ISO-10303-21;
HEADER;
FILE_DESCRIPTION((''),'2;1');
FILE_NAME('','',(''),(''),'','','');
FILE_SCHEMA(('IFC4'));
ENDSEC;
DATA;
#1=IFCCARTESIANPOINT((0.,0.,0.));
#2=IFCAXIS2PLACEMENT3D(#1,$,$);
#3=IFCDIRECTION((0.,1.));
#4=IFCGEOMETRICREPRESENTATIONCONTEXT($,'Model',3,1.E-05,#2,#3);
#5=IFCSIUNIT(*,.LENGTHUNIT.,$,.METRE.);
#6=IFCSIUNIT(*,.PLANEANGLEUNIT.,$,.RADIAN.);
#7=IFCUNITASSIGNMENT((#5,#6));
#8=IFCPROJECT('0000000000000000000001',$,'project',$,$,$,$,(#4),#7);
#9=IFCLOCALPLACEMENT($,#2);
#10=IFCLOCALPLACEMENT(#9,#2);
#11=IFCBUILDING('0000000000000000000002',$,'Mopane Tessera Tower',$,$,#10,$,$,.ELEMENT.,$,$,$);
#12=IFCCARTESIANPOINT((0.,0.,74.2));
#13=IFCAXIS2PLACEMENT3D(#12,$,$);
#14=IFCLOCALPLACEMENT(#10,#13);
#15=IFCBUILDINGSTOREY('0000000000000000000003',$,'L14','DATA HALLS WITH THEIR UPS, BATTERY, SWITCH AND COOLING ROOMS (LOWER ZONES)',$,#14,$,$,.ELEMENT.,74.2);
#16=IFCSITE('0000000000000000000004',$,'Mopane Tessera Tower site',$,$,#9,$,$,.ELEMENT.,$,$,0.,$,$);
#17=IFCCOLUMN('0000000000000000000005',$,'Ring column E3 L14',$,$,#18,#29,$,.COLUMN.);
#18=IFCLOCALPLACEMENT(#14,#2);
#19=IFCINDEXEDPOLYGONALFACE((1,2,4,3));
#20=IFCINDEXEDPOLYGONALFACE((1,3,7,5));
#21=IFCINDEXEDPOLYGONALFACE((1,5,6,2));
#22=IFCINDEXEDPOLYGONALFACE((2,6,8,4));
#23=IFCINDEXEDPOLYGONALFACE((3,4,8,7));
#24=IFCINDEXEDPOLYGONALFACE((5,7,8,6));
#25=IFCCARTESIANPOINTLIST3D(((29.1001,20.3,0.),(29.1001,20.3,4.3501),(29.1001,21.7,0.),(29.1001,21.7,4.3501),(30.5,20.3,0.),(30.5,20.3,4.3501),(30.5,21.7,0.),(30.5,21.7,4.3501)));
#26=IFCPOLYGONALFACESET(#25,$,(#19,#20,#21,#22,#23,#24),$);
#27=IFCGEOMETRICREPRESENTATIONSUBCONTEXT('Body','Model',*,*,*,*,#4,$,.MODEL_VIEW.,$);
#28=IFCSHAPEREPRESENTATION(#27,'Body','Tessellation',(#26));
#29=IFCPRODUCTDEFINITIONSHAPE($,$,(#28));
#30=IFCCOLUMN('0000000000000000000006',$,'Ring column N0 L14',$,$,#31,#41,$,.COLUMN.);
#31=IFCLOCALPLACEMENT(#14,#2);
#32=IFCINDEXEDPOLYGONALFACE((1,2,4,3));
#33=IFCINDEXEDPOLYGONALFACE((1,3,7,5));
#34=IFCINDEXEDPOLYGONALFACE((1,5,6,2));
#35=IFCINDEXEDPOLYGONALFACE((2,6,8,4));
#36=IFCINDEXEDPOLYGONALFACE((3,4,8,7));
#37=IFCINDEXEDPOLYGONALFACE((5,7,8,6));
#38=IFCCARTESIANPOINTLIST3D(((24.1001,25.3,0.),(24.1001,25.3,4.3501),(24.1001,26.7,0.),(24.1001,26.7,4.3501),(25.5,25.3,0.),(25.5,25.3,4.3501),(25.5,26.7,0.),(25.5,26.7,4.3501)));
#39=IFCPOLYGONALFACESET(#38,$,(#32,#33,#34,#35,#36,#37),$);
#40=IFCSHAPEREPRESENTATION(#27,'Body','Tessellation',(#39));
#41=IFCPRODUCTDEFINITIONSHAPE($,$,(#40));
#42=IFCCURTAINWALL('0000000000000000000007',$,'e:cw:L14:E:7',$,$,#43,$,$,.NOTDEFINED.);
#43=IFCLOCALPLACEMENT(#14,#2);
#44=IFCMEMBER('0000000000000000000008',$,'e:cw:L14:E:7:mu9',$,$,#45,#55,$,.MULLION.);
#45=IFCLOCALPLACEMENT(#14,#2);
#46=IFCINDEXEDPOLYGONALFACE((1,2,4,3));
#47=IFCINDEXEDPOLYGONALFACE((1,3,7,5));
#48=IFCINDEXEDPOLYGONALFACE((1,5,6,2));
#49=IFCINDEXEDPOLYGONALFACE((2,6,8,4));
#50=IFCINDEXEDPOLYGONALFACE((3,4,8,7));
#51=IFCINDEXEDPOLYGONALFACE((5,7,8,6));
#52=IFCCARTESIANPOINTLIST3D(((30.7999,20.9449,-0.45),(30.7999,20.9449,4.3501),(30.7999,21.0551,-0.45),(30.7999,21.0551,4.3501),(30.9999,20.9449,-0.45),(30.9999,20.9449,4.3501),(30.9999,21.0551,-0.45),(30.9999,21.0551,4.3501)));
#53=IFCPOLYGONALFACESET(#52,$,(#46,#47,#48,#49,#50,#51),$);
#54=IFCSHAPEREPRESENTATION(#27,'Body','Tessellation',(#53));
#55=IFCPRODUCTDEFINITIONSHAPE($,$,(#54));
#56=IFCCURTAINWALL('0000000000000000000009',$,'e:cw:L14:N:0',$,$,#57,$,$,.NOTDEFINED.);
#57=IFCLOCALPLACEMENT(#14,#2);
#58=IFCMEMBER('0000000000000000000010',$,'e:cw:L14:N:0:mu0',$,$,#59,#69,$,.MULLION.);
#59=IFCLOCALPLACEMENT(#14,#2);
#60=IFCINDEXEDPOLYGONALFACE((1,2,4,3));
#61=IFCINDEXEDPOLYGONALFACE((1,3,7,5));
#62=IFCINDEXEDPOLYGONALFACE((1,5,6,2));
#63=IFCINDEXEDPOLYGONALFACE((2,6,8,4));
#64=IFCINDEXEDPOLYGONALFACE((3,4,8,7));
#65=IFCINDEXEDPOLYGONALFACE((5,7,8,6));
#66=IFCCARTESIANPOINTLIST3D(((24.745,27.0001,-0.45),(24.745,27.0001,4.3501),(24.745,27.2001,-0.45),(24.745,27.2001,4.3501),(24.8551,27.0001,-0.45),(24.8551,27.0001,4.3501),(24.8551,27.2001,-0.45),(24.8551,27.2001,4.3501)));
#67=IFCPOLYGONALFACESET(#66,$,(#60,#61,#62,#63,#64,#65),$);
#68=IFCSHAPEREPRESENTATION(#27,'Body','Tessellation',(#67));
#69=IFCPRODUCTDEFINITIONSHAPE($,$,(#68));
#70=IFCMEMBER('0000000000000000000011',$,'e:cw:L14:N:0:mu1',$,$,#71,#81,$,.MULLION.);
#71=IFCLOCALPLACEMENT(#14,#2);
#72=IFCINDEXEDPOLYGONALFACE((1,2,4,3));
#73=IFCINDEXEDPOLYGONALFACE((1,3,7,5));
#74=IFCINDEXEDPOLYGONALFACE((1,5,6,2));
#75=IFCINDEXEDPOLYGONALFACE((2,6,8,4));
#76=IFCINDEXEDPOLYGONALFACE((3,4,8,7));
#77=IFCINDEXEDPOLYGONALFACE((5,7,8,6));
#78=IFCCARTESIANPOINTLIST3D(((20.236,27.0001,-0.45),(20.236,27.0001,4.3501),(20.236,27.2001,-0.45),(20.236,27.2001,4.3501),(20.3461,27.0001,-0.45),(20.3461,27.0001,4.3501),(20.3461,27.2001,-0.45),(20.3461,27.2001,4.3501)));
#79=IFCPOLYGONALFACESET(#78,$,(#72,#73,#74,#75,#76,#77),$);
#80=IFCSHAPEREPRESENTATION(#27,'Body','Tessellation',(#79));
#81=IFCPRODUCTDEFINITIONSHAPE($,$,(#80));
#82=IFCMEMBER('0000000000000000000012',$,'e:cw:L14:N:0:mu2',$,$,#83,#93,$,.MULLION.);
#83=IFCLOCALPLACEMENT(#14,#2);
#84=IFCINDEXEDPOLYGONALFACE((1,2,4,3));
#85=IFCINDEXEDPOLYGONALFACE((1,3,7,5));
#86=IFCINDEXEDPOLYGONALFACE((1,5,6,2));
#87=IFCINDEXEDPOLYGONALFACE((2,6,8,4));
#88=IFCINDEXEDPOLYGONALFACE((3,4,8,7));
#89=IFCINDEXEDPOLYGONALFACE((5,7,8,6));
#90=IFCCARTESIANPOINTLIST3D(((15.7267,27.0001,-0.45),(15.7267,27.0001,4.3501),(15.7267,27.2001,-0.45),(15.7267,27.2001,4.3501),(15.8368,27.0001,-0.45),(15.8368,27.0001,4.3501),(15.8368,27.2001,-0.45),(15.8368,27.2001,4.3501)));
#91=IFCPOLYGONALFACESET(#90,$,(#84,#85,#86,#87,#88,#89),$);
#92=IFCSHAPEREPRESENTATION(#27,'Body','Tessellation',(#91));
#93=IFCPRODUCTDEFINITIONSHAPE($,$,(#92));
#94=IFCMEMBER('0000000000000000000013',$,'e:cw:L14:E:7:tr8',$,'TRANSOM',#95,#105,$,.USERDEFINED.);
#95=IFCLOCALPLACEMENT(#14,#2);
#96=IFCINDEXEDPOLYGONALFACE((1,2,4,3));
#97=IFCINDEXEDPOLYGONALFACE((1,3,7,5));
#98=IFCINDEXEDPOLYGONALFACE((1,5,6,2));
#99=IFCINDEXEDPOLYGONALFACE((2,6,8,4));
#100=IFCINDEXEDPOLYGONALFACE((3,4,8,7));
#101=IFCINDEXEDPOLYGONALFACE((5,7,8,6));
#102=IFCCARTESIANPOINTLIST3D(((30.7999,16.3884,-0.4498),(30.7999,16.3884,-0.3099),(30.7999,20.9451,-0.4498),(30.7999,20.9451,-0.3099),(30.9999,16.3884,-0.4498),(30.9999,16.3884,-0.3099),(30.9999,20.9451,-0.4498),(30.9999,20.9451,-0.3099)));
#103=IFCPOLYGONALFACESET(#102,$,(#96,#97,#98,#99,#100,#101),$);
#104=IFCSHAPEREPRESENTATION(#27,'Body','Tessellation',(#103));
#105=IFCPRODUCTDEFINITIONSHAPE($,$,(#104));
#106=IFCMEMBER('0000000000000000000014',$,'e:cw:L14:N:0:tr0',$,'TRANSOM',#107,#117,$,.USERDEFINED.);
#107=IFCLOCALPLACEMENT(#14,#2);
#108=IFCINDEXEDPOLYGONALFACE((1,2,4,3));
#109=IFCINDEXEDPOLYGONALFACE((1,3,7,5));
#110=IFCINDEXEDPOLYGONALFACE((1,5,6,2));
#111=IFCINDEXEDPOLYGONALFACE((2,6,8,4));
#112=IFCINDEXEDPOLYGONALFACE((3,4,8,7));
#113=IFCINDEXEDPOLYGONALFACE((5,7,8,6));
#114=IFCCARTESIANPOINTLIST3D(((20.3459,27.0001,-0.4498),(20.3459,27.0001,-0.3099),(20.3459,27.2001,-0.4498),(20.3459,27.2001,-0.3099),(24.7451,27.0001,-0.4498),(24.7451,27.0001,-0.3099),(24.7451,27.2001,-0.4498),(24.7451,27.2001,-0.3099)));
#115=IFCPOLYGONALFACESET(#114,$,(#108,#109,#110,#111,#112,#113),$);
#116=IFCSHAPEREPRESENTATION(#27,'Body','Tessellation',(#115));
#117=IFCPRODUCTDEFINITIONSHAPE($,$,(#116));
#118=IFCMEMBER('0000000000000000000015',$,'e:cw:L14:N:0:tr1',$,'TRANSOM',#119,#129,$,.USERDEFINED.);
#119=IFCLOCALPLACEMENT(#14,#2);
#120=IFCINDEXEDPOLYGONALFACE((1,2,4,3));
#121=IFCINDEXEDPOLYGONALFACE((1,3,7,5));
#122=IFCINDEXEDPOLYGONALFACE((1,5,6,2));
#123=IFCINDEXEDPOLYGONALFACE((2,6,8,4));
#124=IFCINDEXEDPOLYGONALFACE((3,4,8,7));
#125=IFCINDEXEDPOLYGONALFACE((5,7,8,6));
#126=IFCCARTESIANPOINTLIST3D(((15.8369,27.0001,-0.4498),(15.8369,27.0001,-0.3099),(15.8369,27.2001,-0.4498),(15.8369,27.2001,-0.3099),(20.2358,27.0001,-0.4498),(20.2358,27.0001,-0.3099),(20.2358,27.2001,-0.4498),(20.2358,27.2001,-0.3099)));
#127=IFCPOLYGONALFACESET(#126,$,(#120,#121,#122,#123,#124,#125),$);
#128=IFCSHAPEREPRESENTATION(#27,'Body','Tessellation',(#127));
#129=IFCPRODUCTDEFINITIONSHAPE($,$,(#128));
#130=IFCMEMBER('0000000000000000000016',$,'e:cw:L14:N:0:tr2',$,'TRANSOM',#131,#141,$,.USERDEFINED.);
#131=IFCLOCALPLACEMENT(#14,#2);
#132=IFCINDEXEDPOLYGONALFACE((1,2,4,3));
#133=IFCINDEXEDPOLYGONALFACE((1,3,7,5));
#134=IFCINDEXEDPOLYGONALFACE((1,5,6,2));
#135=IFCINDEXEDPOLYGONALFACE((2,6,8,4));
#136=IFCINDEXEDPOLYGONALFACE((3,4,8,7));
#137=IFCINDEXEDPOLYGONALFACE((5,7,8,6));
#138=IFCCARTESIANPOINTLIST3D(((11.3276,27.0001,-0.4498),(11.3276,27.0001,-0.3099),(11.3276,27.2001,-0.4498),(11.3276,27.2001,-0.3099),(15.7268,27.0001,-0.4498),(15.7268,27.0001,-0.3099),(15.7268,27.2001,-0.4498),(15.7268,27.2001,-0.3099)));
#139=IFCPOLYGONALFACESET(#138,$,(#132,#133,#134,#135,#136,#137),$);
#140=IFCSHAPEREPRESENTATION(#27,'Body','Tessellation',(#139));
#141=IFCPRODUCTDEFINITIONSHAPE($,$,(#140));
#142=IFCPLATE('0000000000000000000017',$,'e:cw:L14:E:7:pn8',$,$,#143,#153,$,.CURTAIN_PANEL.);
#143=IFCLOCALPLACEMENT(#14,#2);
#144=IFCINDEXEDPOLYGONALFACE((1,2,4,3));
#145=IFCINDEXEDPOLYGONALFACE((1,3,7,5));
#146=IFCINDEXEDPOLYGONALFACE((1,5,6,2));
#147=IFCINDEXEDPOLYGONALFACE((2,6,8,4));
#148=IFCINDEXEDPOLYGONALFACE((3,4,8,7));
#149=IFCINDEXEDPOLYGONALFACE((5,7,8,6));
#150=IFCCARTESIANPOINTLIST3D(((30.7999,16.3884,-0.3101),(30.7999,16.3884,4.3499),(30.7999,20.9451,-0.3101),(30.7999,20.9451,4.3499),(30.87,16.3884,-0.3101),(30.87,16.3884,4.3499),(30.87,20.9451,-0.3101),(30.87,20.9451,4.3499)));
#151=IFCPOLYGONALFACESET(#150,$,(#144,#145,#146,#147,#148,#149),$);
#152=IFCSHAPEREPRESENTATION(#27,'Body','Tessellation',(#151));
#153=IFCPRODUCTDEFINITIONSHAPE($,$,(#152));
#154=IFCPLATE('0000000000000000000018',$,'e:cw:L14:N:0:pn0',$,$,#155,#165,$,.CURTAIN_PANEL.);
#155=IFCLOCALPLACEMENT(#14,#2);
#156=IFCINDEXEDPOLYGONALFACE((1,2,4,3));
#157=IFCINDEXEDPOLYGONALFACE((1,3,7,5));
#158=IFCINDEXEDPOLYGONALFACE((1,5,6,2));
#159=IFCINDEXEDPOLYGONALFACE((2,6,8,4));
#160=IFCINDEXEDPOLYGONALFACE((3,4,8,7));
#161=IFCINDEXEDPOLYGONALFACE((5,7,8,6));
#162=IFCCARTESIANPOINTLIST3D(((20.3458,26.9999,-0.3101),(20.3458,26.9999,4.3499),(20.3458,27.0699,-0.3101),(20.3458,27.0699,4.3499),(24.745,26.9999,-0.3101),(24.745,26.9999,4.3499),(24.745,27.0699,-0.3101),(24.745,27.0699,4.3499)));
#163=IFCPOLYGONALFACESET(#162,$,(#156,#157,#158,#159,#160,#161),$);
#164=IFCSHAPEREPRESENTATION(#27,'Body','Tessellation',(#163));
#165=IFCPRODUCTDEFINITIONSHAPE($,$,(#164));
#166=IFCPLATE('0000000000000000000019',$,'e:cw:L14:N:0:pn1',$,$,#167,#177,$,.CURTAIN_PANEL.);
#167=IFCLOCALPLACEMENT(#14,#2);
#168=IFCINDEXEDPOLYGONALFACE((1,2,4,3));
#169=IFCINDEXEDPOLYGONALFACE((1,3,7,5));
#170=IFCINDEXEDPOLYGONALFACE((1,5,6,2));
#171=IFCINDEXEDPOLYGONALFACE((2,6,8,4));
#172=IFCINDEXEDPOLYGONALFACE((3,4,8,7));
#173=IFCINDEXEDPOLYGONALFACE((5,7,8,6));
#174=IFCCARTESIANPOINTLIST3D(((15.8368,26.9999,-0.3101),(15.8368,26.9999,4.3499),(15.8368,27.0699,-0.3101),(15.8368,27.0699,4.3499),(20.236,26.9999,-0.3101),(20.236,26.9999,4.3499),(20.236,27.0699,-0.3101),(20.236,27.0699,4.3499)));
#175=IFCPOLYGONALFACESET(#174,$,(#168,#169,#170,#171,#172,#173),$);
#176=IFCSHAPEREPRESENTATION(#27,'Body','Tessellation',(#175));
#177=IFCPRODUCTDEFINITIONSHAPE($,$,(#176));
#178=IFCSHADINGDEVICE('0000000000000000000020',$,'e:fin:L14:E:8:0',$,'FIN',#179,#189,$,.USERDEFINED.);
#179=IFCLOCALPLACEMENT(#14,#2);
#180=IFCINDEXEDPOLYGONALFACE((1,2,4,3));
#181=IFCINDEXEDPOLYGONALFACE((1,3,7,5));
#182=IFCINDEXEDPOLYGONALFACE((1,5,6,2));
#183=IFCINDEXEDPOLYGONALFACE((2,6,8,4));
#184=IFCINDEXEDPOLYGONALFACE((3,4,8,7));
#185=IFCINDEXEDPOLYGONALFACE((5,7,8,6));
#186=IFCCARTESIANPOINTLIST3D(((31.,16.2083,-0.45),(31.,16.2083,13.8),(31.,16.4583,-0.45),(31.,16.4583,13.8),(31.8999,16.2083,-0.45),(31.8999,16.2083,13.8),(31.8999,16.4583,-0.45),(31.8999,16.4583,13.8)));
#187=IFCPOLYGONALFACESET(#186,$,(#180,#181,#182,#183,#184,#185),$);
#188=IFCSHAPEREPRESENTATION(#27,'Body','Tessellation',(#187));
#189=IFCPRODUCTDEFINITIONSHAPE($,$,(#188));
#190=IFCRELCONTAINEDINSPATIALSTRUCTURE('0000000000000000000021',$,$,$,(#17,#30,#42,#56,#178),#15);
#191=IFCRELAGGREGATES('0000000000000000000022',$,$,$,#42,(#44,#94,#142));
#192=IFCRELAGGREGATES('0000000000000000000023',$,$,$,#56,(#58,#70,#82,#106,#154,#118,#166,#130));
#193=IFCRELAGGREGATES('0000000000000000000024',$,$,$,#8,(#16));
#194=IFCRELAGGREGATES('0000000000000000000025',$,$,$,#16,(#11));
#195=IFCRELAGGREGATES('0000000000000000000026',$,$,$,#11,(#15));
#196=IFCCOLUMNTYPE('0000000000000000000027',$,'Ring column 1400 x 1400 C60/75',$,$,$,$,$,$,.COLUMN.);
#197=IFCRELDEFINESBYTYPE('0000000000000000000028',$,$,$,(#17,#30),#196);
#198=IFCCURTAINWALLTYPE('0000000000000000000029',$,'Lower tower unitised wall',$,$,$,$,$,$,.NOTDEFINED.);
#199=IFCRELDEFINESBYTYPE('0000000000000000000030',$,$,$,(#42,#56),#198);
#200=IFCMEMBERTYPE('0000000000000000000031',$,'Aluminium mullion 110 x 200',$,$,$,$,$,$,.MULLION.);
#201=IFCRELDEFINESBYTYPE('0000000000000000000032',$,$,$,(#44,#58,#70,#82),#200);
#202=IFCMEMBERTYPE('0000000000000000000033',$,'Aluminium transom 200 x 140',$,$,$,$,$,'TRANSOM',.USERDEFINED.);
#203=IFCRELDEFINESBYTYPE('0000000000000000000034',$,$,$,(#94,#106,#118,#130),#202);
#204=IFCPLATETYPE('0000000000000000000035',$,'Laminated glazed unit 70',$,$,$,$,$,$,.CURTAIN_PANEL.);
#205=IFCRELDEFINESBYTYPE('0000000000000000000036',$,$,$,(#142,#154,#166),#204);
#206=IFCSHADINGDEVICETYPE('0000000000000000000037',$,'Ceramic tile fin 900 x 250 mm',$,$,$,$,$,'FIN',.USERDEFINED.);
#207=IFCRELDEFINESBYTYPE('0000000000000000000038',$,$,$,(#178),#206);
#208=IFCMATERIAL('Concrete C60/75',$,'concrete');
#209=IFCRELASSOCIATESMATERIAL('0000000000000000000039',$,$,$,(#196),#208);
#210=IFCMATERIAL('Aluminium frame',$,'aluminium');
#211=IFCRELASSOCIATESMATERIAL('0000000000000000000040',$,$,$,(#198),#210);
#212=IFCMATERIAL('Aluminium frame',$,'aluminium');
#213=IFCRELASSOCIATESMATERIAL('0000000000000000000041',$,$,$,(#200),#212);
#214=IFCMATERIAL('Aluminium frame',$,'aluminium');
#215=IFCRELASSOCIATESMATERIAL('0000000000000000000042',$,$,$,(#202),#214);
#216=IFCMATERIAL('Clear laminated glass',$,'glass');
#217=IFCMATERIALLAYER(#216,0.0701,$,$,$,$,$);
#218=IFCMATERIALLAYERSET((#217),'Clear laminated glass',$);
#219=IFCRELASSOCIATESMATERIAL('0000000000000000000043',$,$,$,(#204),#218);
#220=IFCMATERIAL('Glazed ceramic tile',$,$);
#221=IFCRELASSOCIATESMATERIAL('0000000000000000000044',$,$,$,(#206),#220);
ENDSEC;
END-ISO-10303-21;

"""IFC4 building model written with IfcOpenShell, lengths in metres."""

from ifc_helpers import new_model, si_unit, direction, frame, origin, origin_2d, place, context, subcontext, project, spatial, rectangle, extrude, material, layer, layer_set, material_profile, profile_set, type_object, element, aggregate, save


model = new_model("IFC4")

# Units and contexts
model_context = context("Model", 3, precision=1e-05, world=origin(), true_north=direction((0.0, 1.0)))
body_context = subcontext(model_context, "Body", "Model", "MODEL_VIEW")
ifc_project = project(units=[si_unit("LENGTHUNIT", "METRE"), si_unit("PLANEANGLEUNIT", "RADIAN")], contexts=[model_context])

# Site, building, storey
site_placement = place(None, origin())
site = spatial("IfcSite", under=ifc_project, at=site_placement, Name="Mopane Tessera Tower site", CompositionType="ELEMENT", RefElevation=0.0)
building_placement = place(site_placement, origin())
building = spatial("IfcBuilding", under=site, at=building_placement, Name="Mopane Tessera Tower", CompositionType="ELEMENT")
storey_placement = place(building_placement, frame((0.0, 0.0, 74.2)))
storey = spatial("IfcBuildingStorey", under=building, at=storey_placement, Name="L14", Description="DATA HALLS WITH THEIR UPS, BATTERY, SWITCH AND COOLING ROOMS (LOWER ZONES)", CompositionType="ELEMENT", Elevation=74.2)

# Columns
ifc_material_1 = material(Name="Concrete C60/75", Category="concrete")
ifc_material_profile_1 = material_profile(ifc_material_1, rectangle(XDim=1.3999, YDim=1.3999, at=origin_2d()))
ifc_profile_set_1 = profile_set([ifc_material_profile_1], Name="Concrete C60/75")
column_type = type_object("IfcColumnType", Name="Ring column 1400 x 1400 C60/75", PredefinedType="COLUMN", material=ifc_profile_set_1)
for number, where, z_axis, x_axis, name in (
    (1, (29.8, 21.0, 0.0), (0.0, 0.0, 1.0), (1.0, 0.0, 0.0), "Ring column E3 L14"),
    (2, (24.8, 26.0, 0.0), (0.0, 0.0, 1.0), (1.0, 0.0, 0.0), "Ring column N0 L14"),
):
    element("IfcColumn", number, at=place(storey_placement, frame(where, z_axis=z_axis, x_axis=x_axis)), inside=storey, type_object=column_type, Name=name, PredefinedType="COLUMN", context=body_context, shape_type="SweptSolid", body=[
        extrude(rectangle(XDim=1.3999, YDim=1.3999, at=origin_2d()), origin(), (0.0, 0.0, 1.0), 4.3501),
    ])

# Curtain wall, member
ifc_material_2 = material(Name="Aluminium frame", Category="aluminium")
curtain_wall_type = type_object("IfcCurtainWallType", Name="Lower tower unitised wall", PredefinedType="NOTDEFINED", material=ifc_material_2)
curtain_wall_1_placement = place(storey_placement, origin())
curtain_wall_1 = element("IfcCurtainWall", 3, at=curtain_wall_1_placement, inside=storey, type_object=curtain_wall_type, Name="e:cw:L14:E:7", PredefinedType="NOTDEFINED")
ifc_material_3 = material(Name="Aluminium frame", Category="aluminium")
ifc_material_profile_2 = material_profile(ifc_material_3, rectangle(XDim=0.1101, YDim=0.2, at=origin_2d()))
ifc_profile_set_2 = profile_set([ifc_material_profile_2], Name="Aluminium frame")
member_type_1 = type_object("IfcMemberType", Name="Aluminium mullion 110 x 200", PredefinedType="MULLION", material=ifc_profile_set_2)
member_1_placement = place(storey_placement, frame((30.8999, 21.0, -0.45), z_axis=(0.0, 0.0, 1.0), x_axis=(0.0, 1.0, 0.0)))
member_1 = element("IfcMember", 4, at=member_1_placement, type_object=member_type_1, Name="e:cw:L14:E:7:mu9", PredefinedType="MULLION", context=body_context, shape_type="SweptSolid", body=[
    extrude(rectangle(XDim=0.1101, YDim=0.2, at=origin_2d()), origin(), (0.0, 0.0, 1.0), 4.8),
])

# Curtain wall, members
curtain_wall_2_placement = place(storey_placement, origin())
curtain_wall_2 = element("IfcCurtainWall", 5, at=curtain_wall_2_placement, inside=storey, type_object=curtain_wall_type, Name="e:cw:L14:N:0", PredefinedType="NOTDEFINED")
member_2_placement = place(storey_placement, frame((24.8, 27.1001, -0.45), z_axis=(0.0, 0.0, 1.0), x_axis=(-1.0, 0.0, 0.0)))
member_2 = element("IfcMember", 6, at=member_2_placement, type_object=member_type_1, Name="e:cw:L14:N:0:mu0", PredefinedType="MULLION", context=body_context, shape_type="SweptSolid", body=[
    extrude(rectangle(XDim=0.1101, YDim=0.2, at=origin_2d()), origin(), (0.0, 0.0, 1.0), 4.8),
])
member_3_placement = place(storey_placement, frame((20.291, 27.1001, -0.45), z_axis=(0.0, 0.0, 1.0), x_axis=(-1.0, 0.0, 0.0)))
member_3 = element("IfcMember", 7, at=member_3_placement, type_object=member_type_1, Name="e:cw:L14:N:0:mu1", PredefinedType="MULLION", context=body_context, shape_type="SweptSolid", body=[
    extrude(rectangle(XDim=0.1101, YDim=0.2, at=origin_2d()), origin(), (0.0, 0.0, 1.0), 4.8),
])
member_4_placement = place(storey_placement, frame((15.7817, 27.1001, -0.45), z_axis=(0.0, 0.0, 1.0), x_axis=(-1.0, 0.0, 0.0)))
member_4 = element("IfcMember", 8, at=member_4_placement, type_object=member_type_1, Name="e:cw:L14:N:0:mu2", PredefinedType="MULLION", context=body_context, shape_type="SweptSolid", body=[
    extrude(rectangle(XDim=0.1101, YDim=0.2, at=origin_2d()), origin(), (0.0, 0.0, 1.0), 4.8),
])

# Members
ifc_material_4 = material(Name="Aluminium frame", Category="aluminium")
ifc_material_profile_3 = material_profile(ifc_material_4, rectangle(XDim=0.2, YDim=0.1399, at=origin_2d()))
ifc_profile_set_3 = profile_set([ifc_material_profile_3], Name="Aluminium frame")
member_type_2 = type_object("IfcMemberType", Name="Aluminium transom 200 x 140", ElementType="TRANSOM", PredefinedType="USERDEFINED", material=ifc_profile_set_3)
member_5_placement = place(storey_placement, frame((30.8999, 16.3884, -0.3799), z_axis=(0.0, 1.0, 0.0), x_axis=(-1.0, 0.0, 0.0)))
member_5 = element("IfcMember", 9, at=member_5_placement, type_object=member_type_2, Name="e:cw:L14:E:7:tr8", ObjectType="TRANSOM", PredefinedType="USERDEFINED", context=body_context, shape_type="SweptSolid", body=[
    extrude(rectangle(XDim=0.2, YDim=0.1399, at=origin_2d()), origin(), (0.0, 0.0, 1.0), 4.5566),
])
member_6_placement = place(storey_placement, frame((24.7451, 27.1001, -0.3799), z_axis=(-1.0, 0.0, 0.0), x_axis=(0.0, -1.0, 0.0)))
member_6 = element("IfcMember", 10, at=member_6_placement, type_object=member_type_2, Name="e:cw:L14:N:0:tr0", ObjectType="TRANSOM", PredefinedType="USERDEFINED", context=body_context, shape_type="SweptSolid", body=[
    extrude(rectangle(XDim=0.2, YDim=0.1399, at=origin_2d()), origin(), (0.0, 0.0, 1.0), 4.3992),
])
member_7_placement = place(storey_placement, frame((20.2358, 27.1001, -0.3799), z_axis=(-1.0, 0.0, 0.0), x_axis=(0.0, -1.0, 0.0)))
member_7 = element("IfcMember", 11, at=member_7_placement, type_object=member_type_2, Name="e:cw:L14:N:0:tr1", ObjectType="TRANSOM", PredefinedType="USERDEFINED", context=body_context, shape_type="SweptSolid", body=[
    extrude(rectangle(XDim=0.2, YDim=0.1399, at=origin_2d()), origin(), (0.0, 0.0, 1.0), 4.3989),
])
member_8_placement = place(storey_placement, frame((15.7268, 27.1001, -0.3799), z_axis=(-1.0, 0.0, 0.0), x_axis=(0.0, -1.0, 0.0)))
member_8 = element("IfcMember", 12, at=member_8_placement, type_object=member_type_2, Name="e:cw:L14:N:0:tr2", ObjectType="TRANSOM", PredefinedType="USERDEFINED", context=body_context, shape_type="SweptSolid", body=[
    extrude(rectangle(XDim=0.2, YDim=0.1399, at=origin_2d()), origin(), (0.0, 0.0, 1.0), 4.3992),
])

# Plates
ifc_material_5 = material(Name="Clear laminated glass", Category="glass")
ifc_layer = layer(ifc_material_5, 0.0701)
ifc_layer_set = layer_set([ifc_layer], Name="Clear laminated glass")
plate_type = type_object("IfcPlateType", Name="Laminated glazed unit 70", PredefinedType="CURTAIN_PANEL", material=ifc_layer_set)
plate_1_placement = place(storey_placement, frame((30.835, 18.6667, -0.3101), z_axis=(0.0, 0.0, 1.0), x_axis=(0.0, 1.0, 0.0)))
plate_1 = element("IfcPlate", 13, at=plate_1_placement, type_object=plate_type, Name="e:cw:L14:E:7:pn8", PredefinedType="CURTAIN_PANEL", context=body_context, shape_type="SweptSolid", body=[
    extrude(rectangle(XDim=4.5566, YDim=0.0701, at=origin_2d()), origin(), (0.0, 0.0, 1.0), 4.6599),
])
aggregate(curtain_wall_1, [member_1, member_5, plate_1])
plate_2_placement = place(storey_placement, frame((22.5454, 27.0349, -0.3101), z_axis=(0.0, 0.0, 1.0), x_axis=(-1.0, 0.0, 0.0)))
plate_2 = element("IfcPlate", 14, at=plate_2_placement, type_object=plate_type, Name="e:cw:L14:N:0:pn0", PredefinedType="CURTAIN_PANEL", context=body_context, shape_type="SweptSolid", body=[
    extrude(rectangle(XDim=4.3992, YDim=0.0701, at=origin_2d()), origin(), (0.0, 0.0, 1.0), 4.6599),
])
plate_3_placement = place(storey_placement, frame((18.0364, 27.0349, -0.3101), z_axis=(0.0, 0.0, 1.0), x_axis=(-1.0, 0.0, 0.0)))
plate_3 = element("IfcPlate", 15, at=plate_3_placement, type_object=plate_type, Name="e:cw:L14:N:0:pn1", PredefinedType="CURTAIN_PANEL", context=body_context, shape_type="SweptSolid", body=[
    extrude(rectangle(XDim=4.3992, YDim=0.0701, at=origin_2d()), origin(), (0.0, 0.0, 1.0), 4.6599),
])
aggregate(curtain_wall_2, [member_2, member_3, member_4, member_6, plate_2, member_7, plate_3, member_8])

# Shading device
ifc_material_6 = material(Name="Glazed ceramic tile")
shading_device_type = type_object("IfcShadingDeviceType", Name="Ceramic tile fin 900 x 250 mm", ElementType="FIN", PredefinedType="USERDEFINED", material=ifc_material_6)
for number, where, z_axis, x_axis, name in (
    (16, (31.45, 16.3333, -0.45), (0.0, 0.0, 1.0), (0.0, 1.0, 0.0), "e:fin:L14:E:8:0"),
):
    element("IfcShadingDevice", number, at=place(storey_placement, frame(where, z_axis=z_axis, x_axis=x_axis)), inside=storey, type_object=shading_device_type, Name=name, ObjectType="FIN", PredefinedType="USERDEFINED", context=body_context, shape_type="SweptSolid", body=[
        extrude(rectangle(XDim=0.25, YDim=0.8999, at=origin_2d()), origin(), (0.0, 0.0, 1.0), 14.25),
    ])

save(model, "model.ifc")
